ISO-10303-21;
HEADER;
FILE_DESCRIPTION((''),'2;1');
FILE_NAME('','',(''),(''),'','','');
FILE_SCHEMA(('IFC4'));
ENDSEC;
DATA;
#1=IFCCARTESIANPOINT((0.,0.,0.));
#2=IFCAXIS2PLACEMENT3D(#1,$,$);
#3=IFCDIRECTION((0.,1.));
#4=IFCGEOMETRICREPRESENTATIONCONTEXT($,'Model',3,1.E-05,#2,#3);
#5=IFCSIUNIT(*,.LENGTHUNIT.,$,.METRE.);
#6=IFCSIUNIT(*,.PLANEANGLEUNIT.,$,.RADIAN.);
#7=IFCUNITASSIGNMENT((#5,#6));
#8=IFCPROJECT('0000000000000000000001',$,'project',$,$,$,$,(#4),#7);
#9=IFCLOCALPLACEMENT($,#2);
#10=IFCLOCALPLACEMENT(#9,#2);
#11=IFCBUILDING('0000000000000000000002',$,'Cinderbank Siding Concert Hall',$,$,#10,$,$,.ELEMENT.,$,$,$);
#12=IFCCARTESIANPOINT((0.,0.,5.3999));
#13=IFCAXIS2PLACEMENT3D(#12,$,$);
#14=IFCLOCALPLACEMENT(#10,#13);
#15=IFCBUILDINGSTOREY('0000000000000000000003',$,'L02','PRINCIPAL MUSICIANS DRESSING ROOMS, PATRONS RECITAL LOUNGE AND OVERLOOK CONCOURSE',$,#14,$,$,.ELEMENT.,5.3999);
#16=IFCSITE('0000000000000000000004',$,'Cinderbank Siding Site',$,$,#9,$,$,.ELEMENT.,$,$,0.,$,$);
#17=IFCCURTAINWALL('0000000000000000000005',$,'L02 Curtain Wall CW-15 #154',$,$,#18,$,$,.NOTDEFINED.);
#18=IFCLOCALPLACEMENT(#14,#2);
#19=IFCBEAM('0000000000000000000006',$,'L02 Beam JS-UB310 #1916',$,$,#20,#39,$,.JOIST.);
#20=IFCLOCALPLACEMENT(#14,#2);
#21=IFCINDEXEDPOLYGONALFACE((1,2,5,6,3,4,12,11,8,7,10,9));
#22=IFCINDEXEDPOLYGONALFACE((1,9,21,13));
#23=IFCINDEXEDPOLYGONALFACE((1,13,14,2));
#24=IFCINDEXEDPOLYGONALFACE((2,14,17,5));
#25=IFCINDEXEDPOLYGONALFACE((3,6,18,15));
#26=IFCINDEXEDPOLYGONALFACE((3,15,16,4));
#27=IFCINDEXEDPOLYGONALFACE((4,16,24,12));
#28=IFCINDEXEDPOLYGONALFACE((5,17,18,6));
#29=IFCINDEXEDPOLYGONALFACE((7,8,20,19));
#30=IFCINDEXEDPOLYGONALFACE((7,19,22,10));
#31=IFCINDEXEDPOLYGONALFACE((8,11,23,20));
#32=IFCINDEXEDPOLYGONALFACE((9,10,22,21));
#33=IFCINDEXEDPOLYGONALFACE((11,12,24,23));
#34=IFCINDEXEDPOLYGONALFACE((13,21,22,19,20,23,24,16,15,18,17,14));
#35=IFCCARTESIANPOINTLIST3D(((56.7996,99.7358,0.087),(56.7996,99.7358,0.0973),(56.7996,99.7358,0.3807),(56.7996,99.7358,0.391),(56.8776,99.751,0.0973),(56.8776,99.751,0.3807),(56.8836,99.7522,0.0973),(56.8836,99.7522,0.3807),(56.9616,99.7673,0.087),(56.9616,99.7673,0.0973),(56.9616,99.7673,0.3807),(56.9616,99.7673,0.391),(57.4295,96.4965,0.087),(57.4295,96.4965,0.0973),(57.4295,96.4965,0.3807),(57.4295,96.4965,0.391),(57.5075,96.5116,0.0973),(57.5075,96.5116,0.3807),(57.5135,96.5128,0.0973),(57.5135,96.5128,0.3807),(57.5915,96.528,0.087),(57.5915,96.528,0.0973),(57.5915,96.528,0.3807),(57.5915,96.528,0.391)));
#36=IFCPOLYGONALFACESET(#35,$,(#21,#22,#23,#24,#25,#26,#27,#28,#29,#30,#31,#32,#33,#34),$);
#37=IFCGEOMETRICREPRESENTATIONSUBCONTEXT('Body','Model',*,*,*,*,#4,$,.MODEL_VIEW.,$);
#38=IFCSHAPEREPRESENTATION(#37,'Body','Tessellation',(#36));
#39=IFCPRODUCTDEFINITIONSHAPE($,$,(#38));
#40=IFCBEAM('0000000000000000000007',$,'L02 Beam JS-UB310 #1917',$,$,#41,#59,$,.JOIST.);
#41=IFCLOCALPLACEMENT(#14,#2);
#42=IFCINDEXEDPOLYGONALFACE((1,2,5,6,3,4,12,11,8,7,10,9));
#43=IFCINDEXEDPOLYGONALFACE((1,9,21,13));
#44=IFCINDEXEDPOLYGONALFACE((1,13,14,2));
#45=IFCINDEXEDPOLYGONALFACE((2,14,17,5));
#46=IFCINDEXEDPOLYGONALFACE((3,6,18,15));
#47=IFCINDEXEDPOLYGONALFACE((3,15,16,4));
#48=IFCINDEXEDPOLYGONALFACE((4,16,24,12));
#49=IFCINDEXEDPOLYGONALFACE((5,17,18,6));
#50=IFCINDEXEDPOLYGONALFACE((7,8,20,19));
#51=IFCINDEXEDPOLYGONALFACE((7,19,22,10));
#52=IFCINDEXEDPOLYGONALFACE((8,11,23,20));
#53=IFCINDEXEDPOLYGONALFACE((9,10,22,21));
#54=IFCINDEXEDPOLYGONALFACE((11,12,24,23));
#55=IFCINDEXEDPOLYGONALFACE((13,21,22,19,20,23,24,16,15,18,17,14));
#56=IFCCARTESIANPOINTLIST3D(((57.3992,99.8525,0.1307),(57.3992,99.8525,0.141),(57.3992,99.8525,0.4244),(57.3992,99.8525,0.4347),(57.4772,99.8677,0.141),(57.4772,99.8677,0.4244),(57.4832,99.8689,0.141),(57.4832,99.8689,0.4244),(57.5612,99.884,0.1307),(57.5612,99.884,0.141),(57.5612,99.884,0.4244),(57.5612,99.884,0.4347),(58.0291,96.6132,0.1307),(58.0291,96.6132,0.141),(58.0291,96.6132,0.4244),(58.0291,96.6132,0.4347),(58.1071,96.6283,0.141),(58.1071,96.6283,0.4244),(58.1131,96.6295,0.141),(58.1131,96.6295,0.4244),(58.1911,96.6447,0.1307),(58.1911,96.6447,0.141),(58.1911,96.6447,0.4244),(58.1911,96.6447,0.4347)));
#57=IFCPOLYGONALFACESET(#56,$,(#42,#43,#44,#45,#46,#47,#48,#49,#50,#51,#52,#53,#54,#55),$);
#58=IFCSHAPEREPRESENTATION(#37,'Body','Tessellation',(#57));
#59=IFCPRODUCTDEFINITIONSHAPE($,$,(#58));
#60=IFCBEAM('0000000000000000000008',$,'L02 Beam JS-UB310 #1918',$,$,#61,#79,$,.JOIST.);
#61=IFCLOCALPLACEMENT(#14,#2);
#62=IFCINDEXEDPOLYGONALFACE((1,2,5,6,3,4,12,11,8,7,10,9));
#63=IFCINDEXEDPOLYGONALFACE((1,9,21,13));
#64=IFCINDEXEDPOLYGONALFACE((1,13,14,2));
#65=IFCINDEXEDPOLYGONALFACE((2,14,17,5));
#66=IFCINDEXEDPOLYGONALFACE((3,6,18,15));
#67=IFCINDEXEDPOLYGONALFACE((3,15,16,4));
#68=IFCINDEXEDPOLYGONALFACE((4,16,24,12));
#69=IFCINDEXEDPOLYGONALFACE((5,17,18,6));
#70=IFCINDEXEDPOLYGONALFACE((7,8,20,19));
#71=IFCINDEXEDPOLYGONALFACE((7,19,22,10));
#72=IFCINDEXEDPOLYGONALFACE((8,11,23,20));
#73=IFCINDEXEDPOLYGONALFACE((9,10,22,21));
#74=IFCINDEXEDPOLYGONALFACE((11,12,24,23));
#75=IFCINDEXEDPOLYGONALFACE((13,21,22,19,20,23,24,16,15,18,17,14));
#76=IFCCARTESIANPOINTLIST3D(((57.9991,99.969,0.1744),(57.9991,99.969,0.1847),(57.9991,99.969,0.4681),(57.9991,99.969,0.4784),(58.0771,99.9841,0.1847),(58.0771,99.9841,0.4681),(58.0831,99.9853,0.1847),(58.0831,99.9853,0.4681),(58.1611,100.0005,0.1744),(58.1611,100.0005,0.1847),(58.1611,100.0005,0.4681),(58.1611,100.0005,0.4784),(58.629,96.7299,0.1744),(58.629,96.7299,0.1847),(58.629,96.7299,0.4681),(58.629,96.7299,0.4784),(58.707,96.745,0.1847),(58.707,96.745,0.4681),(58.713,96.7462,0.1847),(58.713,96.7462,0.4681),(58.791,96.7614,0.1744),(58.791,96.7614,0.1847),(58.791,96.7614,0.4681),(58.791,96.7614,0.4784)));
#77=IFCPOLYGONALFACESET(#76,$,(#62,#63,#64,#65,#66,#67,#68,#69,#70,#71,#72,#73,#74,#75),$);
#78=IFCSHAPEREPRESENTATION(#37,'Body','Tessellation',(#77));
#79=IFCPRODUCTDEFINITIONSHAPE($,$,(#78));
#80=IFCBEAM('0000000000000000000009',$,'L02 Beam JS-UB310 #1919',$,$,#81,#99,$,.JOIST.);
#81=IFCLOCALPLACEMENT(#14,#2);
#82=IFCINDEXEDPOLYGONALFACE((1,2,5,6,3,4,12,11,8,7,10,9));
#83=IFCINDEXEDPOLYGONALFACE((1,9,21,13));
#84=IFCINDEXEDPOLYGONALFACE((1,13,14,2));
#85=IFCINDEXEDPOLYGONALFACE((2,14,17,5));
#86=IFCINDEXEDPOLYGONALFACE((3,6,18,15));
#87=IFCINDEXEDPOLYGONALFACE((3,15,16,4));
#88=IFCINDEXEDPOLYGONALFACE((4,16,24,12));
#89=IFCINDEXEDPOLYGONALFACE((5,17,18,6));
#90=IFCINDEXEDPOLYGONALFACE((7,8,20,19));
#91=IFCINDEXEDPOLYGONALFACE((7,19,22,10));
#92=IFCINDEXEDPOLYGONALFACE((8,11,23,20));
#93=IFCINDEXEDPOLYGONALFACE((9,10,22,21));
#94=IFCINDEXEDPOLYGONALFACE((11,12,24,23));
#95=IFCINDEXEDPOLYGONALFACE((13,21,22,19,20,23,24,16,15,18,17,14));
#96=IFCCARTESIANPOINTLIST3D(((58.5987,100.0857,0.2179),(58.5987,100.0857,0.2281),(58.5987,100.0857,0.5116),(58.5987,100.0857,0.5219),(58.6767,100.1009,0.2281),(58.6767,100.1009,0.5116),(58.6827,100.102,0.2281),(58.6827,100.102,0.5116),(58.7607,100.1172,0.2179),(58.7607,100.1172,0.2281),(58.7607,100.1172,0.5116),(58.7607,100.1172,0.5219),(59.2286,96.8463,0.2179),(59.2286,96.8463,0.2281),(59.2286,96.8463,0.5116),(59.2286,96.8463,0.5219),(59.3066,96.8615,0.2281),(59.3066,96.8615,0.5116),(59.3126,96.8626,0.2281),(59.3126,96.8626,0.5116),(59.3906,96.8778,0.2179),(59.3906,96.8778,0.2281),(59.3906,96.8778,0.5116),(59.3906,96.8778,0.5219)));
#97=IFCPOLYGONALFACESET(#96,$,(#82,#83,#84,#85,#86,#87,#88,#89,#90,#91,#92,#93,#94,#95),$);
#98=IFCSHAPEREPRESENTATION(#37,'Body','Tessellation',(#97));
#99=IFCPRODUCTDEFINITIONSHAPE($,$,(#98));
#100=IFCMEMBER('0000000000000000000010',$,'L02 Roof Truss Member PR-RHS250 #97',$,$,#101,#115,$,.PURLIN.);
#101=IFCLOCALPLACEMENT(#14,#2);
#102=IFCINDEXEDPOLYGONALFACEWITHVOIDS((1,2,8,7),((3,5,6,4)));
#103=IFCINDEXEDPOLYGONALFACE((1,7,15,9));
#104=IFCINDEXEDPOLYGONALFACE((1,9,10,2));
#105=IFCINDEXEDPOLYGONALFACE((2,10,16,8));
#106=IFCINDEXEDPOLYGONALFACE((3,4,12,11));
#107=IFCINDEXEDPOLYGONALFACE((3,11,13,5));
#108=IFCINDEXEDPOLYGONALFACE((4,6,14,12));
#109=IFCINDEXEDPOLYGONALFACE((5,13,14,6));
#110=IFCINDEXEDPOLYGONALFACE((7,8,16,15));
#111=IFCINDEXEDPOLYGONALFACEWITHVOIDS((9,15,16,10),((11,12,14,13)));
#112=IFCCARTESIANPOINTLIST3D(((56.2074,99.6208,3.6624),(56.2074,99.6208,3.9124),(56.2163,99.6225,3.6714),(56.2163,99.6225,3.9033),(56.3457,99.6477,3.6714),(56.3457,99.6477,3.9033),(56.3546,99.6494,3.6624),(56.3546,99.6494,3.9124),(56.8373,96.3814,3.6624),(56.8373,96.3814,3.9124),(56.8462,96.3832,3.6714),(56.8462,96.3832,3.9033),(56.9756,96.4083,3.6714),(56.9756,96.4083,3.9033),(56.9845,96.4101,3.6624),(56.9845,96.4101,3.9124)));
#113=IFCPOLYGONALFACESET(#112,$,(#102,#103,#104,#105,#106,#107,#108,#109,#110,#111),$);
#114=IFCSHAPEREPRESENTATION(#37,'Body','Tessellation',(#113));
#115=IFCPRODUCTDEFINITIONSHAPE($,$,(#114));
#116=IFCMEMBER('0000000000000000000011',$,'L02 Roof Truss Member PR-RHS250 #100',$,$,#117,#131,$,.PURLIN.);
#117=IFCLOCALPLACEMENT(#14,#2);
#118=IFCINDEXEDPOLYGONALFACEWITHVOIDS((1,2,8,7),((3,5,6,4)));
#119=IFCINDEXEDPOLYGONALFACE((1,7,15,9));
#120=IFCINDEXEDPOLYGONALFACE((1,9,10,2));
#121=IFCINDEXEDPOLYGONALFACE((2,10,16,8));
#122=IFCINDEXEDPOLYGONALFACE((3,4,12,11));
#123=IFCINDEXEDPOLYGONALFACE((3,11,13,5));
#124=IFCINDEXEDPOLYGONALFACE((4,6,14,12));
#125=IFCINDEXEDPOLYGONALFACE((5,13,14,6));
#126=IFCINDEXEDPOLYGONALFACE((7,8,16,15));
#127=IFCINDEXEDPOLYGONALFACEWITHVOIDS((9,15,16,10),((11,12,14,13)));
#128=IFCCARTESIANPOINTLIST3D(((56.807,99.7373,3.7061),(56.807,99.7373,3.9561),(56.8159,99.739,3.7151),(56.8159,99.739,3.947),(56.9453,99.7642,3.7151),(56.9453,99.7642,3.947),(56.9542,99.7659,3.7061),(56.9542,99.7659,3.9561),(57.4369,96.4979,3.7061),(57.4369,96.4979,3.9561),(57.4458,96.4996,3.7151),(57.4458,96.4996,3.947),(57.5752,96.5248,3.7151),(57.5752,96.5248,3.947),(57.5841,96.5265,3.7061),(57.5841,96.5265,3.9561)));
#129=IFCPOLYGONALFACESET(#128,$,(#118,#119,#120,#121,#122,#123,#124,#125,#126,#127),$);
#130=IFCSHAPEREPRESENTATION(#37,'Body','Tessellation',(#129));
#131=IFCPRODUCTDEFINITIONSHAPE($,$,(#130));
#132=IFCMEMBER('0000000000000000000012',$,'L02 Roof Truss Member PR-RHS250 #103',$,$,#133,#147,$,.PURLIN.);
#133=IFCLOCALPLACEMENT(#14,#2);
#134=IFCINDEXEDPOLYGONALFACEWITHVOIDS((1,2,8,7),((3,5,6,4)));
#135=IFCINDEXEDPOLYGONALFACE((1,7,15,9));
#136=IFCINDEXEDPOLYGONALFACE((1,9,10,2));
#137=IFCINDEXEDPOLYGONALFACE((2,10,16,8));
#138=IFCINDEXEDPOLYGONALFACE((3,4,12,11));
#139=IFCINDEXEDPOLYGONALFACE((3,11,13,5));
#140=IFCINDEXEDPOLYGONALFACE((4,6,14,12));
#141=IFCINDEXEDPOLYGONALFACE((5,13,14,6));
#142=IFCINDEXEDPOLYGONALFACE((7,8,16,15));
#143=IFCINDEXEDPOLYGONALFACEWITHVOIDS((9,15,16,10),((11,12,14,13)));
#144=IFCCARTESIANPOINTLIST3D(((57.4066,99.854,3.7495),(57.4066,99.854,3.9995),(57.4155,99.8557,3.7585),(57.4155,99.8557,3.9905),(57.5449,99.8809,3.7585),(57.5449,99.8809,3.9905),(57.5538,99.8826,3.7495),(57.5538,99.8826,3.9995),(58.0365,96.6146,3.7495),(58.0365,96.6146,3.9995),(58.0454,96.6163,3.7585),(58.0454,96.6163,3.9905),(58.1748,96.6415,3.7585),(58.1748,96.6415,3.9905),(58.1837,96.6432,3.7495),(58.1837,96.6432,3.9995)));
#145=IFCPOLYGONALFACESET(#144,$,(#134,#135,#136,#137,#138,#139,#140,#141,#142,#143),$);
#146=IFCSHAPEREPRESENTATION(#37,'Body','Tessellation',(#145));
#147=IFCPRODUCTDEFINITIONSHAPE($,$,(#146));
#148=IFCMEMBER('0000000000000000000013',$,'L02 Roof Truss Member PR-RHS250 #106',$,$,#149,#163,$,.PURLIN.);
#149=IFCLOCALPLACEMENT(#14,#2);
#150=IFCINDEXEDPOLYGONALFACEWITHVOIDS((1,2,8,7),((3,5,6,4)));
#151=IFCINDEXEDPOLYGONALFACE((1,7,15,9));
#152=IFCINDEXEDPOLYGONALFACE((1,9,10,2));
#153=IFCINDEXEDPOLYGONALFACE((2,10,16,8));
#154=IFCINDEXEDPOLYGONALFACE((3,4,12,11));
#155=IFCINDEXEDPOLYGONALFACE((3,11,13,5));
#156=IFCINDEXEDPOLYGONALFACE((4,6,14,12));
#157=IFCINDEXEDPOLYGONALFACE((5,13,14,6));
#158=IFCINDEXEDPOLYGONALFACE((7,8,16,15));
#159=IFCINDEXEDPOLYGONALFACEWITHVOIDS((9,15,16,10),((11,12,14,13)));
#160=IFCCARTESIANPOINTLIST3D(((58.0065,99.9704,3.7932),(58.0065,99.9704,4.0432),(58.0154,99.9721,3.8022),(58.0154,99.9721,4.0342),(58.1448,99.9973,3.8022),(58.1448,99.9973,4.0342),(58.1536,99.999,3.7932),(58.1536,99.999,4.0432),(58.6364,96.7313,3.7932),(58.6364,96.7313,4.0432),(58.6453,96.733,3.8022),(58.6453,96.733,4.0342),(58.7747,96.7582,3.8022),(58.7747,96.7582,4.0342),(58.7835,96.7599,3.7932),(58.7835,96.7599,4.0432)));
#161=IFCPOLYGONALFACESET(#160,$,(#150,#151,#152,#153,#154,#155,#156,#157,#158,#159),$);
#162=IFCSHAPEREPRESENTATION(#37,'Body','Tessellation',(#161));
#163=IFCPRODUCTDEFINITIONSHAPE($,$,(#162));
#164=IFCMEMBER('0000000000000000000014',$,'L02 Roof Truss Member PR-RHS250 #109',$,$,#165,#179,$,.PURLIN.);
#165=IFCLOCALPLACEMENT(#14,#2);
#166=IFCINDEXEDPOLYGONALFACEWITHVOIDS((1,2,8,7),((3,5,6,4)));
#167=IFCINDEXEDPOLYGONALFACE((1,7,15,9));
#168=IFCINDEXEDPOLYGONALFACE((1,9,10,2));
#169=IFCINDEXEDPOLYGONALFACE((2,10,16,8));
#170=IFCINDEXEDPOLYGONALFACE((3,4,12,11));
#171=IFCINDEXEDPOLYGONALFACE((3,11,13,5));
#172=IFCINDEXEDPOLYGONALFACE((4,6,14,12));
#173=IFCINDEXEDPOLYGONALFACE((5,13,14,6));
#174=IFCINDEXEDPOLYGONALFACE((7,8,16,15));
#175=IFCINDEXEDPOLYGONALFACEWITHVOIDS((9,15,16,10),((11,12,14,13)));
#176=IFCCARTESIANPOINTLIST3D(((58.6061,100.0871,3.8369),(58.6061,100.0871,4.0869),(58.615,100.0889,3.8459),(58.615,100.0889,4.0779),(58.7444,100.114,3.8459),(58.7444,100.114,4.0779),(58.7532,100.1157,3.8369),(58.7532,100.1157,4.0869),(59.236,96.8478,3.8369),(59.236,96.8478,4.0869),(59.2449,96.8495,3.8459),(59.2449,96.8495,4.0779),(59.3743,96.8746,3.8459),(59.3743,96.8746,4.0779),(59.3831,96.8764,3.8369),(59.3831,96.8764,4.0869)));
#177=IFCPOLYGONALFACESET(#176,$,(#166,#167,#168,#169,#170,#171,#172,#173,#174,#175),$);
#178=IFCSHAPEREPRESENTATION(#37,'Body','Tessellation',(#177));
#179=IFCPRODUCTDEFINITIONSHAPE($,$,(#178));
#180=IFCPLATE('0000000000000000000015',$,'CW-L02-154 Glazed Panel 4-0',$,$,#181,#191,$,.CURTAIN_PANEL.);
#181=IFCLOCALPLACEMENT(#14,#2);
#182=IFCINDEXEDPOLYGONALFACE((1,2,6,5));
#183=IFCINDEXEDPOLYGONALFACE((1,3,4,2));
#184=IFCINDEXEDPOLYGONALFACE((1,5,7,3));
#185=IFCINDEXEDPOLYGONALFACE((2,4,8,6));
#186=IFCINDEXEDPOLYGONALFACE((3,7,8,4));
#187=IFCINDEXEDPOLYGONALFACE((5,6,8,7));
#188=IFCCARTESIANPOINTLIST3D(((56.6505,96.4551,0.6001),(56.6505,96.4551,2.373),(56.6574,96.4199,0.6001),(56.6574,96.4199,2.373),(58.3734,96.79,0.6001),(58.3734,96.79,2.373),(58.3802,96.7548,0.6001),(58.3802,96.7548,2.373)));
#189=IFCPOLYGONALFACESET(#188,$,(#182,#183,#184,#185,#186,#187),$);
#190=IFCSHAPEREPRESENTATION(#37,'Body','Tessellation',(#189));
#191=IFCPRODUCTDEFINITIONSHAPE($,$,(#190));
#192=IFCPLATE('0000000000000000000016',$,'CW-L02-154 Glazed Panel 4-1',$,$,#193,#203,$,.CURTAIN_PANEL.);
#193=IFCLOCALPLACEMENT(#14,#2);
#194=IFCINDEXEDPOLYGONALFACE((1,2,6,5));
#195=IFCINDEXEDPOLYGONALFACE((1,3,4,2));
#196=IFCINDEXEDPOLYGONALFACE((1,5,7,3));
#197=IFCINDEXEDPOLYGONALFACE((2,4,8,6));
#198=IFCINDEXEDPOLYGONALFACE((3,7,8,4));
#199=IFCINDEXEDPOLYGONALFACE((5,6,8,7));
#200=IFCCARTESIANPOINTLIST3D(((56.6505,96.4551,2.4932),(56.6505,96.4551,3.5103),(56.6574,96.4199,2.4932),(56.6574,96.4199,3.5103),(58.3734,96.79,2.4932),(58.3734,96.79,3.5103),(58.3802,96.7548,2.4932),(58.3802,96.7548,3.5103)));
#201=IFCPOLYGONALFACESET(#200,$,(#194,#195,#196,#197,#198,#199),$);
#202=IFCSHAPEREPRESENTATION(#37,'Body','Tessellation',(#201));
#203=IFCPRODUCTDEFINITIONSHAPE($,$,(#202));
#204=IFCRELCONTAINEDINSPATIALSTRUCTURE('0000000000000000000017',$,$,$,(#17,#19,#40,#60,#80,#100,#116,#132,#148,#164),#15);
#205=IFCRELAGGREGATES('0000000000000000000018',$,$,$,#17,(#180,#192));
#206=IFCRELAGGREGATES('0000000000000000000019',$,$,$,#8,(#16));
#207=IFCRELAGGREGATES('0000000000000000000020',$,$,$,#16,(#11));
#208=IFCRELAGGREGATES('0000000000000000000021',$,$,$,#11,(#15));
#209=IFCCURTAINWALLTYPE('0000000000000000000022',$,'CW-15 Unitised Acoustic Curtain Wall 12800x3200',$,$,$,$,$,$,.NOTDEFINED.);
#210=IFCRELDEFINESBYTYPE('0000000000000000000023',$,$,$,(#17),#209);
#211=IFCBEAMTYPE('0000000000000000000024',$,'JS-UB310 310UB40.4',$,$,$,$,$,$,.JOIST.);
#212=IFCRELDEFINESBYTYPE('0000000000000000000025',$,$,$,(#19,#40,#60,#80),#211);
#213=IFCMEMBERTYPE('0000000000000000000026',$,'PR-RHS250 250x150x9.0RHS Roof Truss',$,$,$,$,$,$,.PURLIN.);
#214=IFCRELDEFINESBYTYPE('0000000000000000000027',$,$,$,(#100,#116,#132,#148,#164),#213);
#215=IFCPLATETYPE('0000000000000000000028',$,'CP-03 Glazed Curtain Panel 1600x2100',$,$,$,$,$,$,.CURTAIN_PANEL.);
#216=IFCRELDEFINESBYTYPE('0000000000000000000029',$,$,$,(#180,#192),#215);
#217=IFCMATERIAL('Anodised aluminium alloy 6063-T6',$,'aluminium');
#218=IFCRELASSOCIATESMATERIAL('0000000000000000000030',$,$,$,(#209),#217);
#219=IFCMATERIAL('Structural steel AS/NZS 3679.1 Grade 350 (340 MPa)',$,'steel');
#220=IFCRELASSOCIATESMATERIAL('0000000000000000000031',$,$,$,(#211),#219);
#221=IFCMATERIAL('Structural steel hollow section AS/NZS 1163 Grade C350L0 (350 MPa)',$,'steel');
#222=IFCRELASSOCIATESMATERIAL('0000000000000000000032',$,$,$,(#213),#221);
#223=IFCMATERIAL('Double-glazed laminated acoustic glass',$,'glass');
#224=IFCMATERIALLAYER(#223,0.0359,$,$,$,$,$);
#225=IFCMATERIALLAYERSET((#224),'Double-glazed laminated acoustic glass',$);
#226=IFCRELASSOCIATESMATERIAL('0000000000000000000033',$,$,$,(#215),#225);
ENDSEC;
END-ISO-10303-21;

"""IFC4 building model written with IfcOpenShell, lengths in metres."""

from ifc_helpers import new_model, si_unit, direction, frame, origin, origin_2d, place, context, subcontext, project, spatial, rectangle, hollow_rectangle, i_section, extrude, material, layer, layer_set, material_profile, profile_set, type_object, element, aggregate, save


model = new_model("IFC4")

# Units and contexts
model_context = context("Model", 3, precision=1e-05, world=origin(), true_north=direction((0.0, 1.0)))
body_context = subcontext(model_context, "Body", "Model", "MODEL_VIEW")
ifc_project = project(units=[si_unit("LENGTHUNIT", "METRE"), si_unit("PLANEANGLEUNIT", "RADIAN")], contexts=[model_context])

# Site, building, storey
site_placement = place(None, origin())
site = spatial("IfcSite", under=ifc_project, at=site_placement, Name="Cinderbank Siding Site", CompositionType="ELEMENT", RefElevation=0.0)
building_placement = place(site_placement, origin())
building = spatial("IfcBuilding", under=site, at=building_placement, Name="Cinderbank Siding Concert Hall", CompositionType="ELEMENT")
storey_placement = place(building_placement, frame((0.0, 0.0, 5.3999)))
storey = spatial("IfcBuildingStorey", under=building, at=storey_placement, Name="L02", Description="PRINCIPAL MUSICIANS DRESSING ROOMS, PATRONS RECITAL LOUNGE AND OVERLOOK CONCOURSE", CompositionType="ELEMENT", Elevation=5.3999)

# Shared definitions
ifc_material_1 = material(Name="Structural steel hollow section AS/NZS 1163 Grade C350L0 (350 MPa)", Category="steel")

# Curtain wall
ifc_material_2 = material(Name="Anodised aluminium alloy 6063-T6", Category="aluminium")
curtain_wall_type = type_object("IfcCurtainWallType", Name="CW-15 Unitised Acoustic Curtain Wall 12800x3200", PredefinedType="NOTDEFINED", material=ifc_material_2)
curtain_wall_placement = place(storey_placement, origin())
curtain_wall = element("IfcCurtainWall", 1, at=curtain_wall_placement, inside=storey, type_object=curtain_wall_type, Name="L02 Curtain Wall CW-15 #154", PredefinedType="NOTDEFINED")

# Beams
ifc_material_3 = material(Name="Structural steel AS/NZS 3679.1 Grade 350 (340 MPa)", Category="steel")
ifc_material_profile_1 = material_profile(ifc_material_3, i_section(OverallWidth=0.165, OverallDepth=0.304, WebThickness=0.0061, FlangeThickness=0.0103, at=origin_2d()), Name="310UB40.4", Category="LoadBearing")
ifc_profile_set_1 = profile_set([ifc_material_profile_1], Name="Structural steel AS/NZS 3679.1 Grade 350 (340 MPa)")
beam_type = type_object("IfcBeamType", Name="JS-UB310 310UB40.4", PredefinedType="JOIST", material=ifc_profile_set_1)
for number, where, z_axis, x_axis, name in (
    (2, (57.5105, 96.5122, 0.239), (-0.190878, 0.981614, 0.0), (-0.981614, -0.190878, 0.0), "L02 Beam JS-UB310 #1916"),
    (3, (58.1101, 96.6289, 0.2827), (-0.190878, 0.981614, 0.0), (-0.981614, -0.190878, 0.0), "L02 Beam JS-UB310 #1917"),
):
    element("IfcBeam", number, at=place(storey_placement, frame(where, z_axis=z_axis, x_axis=x_axis)), inside=storey, type_object=beam_type, Name=name, PredefinedType="JOIST", context=body_context, shape_type="SweptSolid", body=[
        extrude(i_section(OverallWidth=0.165, OverallDepth=0.304, WebThickness=0.0061, FlangeThickness=0.0103, at=origin_2d()), origin(), (0.0, 0.0, 1.0), 3.3),
    ])
beam_1_placement = place(storey_placement, frame((58.71, 96.7456, 0.3264), z_axis=(-0.190891, 0.981611, 0.0), x_axis=(-0.981611, -0.190891, 0.0)))
element("IfcBeam", 4, at=beam_1_placement, inside=storey, type_object=beam_type, Name="L02 Beam JS-UB310 #1918", PredefinedType="JOIST", context=body_context, shape_type="SweptSolid", body=[
    extrude(i_section(OverallWidth=0.165, OverallDepth=0.304, WebThickness=0.0061, FlangeThickness=0.0103, at=origin_2d()), origin(), (0.0, 0.0, 1.0), 3.2998),
])
beam_2_placement = place(storey_placement, frame((59.3096, 96.8621, 0.3699), z_axis=(-0.190878, 0.981614, 0.0), x_axis=(-0.981614, -0.190878, 0.0)))
element("IfcBeam", 5, at=beam_2_placement, inside=storey, type_object=beam_type, Name="L02 Beam JS-UB310 #1919", PredefinedType="JOIST", context=body_context, shape_type="SweptSolid", body=[
    extrude(i_section(OverallWidth=0.165, OverallDepth=0.304, WebThickness=0.0061, FlangeThickness=0.0103, at=origin_2d()), origin(), (0.0, 0.0, 1.0), 3.3),
])

# Members
ifc_material_profile_2 = material_profile(ifc_material_1, hollow_rectangle(XDim=0.1499, YDim=0.25, WallThickness=0.009, at=origin_2d()), Name="250x150x9.0RHS", Category="LoadBearing")
ifc_profile_set_2 = profile_set([ifc_material_profile_2], Name="Structural steel hollow section AS/NZS 1163 Grade C350L0 (350 MPa)")
member_type_1 = type_object("IfcMemberType", Name="PR-RHS250 250x150x9.0RHS Roof Truss", PredefinedType="PURLIN", material=ifc_profile_set_2)
for number, where, z_axis, x_axis, name in (
    (6, (56.9109, 96.3958, 3.7874), (-0.190878, 0.981614, 0.0), (-0.981614, -0.190878, 0.0), "L02 Roof Truss Member PR-RHS250 #97"),
    (7, (57.5105, 96.5122, 3.8311), (-0.190878, 0.981614, 0.0), (-0.981614, -0.190878, 0.0), "L02 Roof Truss Member PR-RHS250 #100"),
    (8, (58.1101, 96.6289, 3.8745), (-0.190878, 0.981614, 0.0), (-0.981614, -0.190878, 0.0), "L02 Roof Truss Member PR-RHS250 #103"),
):
    element("IfcMember", number, at=place(storey_placement, frame(where, z_axis=z_axis, x_axis=x_axis)), inside=storey, type_object=member_type_1, Name=name, PredefinedType="PURLIN", context=body_context, shape_type="SweptSolid", body=[
        extrude(hollow_rectangle(XDim=0.1499, YDim=0.25, WallThickness=0.009, at=origin_2d()), origin(), (0.0, 0.0, 1.0), 3.3),
    ])
member_1_placement = place(storey_placement, frame((58.71, 96.7456, 3.9182), z_axis=(-0.190891, 0.981611, 0.0), x_axis=(-0.981611, -0.190891, 0.0)))
element("IfcMember", 9, at=member_1_placement, inside=storey, type_object=member_type_1, Name="L02 Roof Truss Member PR-RHS250 #106", PredefinedType="PURLIN", context=body_context, shape_type="SweptSolid", body=[
    extrude(hollow_rectangle(XDim=0.1499, YDim=0.25, WallThickness=0.009, at=origin_2d()), origin(), (0.0, 0.0, 1.0), 3.2998),
])
member_2_placement = place(storey_placement, frame((59.3096, 96.8621, 3.9619), z_axis=(-0.190878, 0.981614, 0.0), x_axis=(-0.981614, -0.190878, 0.0)))
element("IfcMember", 10, at=member_2_placement, inside=storey, type_object=member_type_1, Name="L02 Roof Truss Member PR-RHS250 #109", PredefinedType="PURLIN", context=body_context, shape_type="SweptSolid", body=[
    extrude(hollow_rectangle(XDim=0.1499, YDim=0.25, WallThickness=0.009, at=origin_2d()), origin(), (0.0, 0.0, 1.0), 3.3),
])

# Plates
ifc_material_4 = material(Name="Double-glazed laminated acoustic glass", Category="glass")
ifc_layer_1 = layer(ifc_material_4, 0.0359)
ifc_layer_set_1 = layer_set([ifc_layer_1], Name="Double-glazed laminated acoustic glass")
plate_type_1 = type_object("IfcPlateType", Name="CP-03 Glazed Curtain Panel 1600x2100", PredefinedType="CURTAIN_PANEL", material=ifc_layer_set_1)
plate_1_placement = place(storey_placement, frame((57.5154, 96.605, 0.6001), z_axis=(0.0, 0.0, 1.0), x_axis=(0.981627, 0.190811, 0.0)))
plate_1 = element("IfcPlate", 11, at=plate_1_placement, type_object=plate_type_1, Name="CW-L02-154 Glazed Panel 4-0", PredefinedType="CURTAIN_PANEL", context=body_context, shape_type="SweptSolid", body=[
    extrude(rectangle(XDim=1.7551, YDim=0.0359, at=origin_2d()), origin(), (0.0, 0.0, 1.0), 1.7729),
])
plate_2_placement = place(storey_placement, frame((57.5154, 96.605, 2.4932), z_axis=(0.0, 0.0, 1.0), x_axis=(0.981627, 0.190811, 0.0)))
plate_2 = element("IfcPlate", 12, at=plate_2_placement, type_object=plate_type_1, Name="CW-L02-154 Glazed Panel 4-1", PredefinedType="CURTAIN_PANEL", context=body_context, shape_type="SweptSolid", body=[
    extrude(rectangle(XDim=1.7551, YDim=0.0359, at=origin_2d()), origin(), (0.0, 0.0, 1.0), 1.0171),
])
aggregate(curtain_wall, [plate_1, plate_2])

save(model, "model.ifc")
